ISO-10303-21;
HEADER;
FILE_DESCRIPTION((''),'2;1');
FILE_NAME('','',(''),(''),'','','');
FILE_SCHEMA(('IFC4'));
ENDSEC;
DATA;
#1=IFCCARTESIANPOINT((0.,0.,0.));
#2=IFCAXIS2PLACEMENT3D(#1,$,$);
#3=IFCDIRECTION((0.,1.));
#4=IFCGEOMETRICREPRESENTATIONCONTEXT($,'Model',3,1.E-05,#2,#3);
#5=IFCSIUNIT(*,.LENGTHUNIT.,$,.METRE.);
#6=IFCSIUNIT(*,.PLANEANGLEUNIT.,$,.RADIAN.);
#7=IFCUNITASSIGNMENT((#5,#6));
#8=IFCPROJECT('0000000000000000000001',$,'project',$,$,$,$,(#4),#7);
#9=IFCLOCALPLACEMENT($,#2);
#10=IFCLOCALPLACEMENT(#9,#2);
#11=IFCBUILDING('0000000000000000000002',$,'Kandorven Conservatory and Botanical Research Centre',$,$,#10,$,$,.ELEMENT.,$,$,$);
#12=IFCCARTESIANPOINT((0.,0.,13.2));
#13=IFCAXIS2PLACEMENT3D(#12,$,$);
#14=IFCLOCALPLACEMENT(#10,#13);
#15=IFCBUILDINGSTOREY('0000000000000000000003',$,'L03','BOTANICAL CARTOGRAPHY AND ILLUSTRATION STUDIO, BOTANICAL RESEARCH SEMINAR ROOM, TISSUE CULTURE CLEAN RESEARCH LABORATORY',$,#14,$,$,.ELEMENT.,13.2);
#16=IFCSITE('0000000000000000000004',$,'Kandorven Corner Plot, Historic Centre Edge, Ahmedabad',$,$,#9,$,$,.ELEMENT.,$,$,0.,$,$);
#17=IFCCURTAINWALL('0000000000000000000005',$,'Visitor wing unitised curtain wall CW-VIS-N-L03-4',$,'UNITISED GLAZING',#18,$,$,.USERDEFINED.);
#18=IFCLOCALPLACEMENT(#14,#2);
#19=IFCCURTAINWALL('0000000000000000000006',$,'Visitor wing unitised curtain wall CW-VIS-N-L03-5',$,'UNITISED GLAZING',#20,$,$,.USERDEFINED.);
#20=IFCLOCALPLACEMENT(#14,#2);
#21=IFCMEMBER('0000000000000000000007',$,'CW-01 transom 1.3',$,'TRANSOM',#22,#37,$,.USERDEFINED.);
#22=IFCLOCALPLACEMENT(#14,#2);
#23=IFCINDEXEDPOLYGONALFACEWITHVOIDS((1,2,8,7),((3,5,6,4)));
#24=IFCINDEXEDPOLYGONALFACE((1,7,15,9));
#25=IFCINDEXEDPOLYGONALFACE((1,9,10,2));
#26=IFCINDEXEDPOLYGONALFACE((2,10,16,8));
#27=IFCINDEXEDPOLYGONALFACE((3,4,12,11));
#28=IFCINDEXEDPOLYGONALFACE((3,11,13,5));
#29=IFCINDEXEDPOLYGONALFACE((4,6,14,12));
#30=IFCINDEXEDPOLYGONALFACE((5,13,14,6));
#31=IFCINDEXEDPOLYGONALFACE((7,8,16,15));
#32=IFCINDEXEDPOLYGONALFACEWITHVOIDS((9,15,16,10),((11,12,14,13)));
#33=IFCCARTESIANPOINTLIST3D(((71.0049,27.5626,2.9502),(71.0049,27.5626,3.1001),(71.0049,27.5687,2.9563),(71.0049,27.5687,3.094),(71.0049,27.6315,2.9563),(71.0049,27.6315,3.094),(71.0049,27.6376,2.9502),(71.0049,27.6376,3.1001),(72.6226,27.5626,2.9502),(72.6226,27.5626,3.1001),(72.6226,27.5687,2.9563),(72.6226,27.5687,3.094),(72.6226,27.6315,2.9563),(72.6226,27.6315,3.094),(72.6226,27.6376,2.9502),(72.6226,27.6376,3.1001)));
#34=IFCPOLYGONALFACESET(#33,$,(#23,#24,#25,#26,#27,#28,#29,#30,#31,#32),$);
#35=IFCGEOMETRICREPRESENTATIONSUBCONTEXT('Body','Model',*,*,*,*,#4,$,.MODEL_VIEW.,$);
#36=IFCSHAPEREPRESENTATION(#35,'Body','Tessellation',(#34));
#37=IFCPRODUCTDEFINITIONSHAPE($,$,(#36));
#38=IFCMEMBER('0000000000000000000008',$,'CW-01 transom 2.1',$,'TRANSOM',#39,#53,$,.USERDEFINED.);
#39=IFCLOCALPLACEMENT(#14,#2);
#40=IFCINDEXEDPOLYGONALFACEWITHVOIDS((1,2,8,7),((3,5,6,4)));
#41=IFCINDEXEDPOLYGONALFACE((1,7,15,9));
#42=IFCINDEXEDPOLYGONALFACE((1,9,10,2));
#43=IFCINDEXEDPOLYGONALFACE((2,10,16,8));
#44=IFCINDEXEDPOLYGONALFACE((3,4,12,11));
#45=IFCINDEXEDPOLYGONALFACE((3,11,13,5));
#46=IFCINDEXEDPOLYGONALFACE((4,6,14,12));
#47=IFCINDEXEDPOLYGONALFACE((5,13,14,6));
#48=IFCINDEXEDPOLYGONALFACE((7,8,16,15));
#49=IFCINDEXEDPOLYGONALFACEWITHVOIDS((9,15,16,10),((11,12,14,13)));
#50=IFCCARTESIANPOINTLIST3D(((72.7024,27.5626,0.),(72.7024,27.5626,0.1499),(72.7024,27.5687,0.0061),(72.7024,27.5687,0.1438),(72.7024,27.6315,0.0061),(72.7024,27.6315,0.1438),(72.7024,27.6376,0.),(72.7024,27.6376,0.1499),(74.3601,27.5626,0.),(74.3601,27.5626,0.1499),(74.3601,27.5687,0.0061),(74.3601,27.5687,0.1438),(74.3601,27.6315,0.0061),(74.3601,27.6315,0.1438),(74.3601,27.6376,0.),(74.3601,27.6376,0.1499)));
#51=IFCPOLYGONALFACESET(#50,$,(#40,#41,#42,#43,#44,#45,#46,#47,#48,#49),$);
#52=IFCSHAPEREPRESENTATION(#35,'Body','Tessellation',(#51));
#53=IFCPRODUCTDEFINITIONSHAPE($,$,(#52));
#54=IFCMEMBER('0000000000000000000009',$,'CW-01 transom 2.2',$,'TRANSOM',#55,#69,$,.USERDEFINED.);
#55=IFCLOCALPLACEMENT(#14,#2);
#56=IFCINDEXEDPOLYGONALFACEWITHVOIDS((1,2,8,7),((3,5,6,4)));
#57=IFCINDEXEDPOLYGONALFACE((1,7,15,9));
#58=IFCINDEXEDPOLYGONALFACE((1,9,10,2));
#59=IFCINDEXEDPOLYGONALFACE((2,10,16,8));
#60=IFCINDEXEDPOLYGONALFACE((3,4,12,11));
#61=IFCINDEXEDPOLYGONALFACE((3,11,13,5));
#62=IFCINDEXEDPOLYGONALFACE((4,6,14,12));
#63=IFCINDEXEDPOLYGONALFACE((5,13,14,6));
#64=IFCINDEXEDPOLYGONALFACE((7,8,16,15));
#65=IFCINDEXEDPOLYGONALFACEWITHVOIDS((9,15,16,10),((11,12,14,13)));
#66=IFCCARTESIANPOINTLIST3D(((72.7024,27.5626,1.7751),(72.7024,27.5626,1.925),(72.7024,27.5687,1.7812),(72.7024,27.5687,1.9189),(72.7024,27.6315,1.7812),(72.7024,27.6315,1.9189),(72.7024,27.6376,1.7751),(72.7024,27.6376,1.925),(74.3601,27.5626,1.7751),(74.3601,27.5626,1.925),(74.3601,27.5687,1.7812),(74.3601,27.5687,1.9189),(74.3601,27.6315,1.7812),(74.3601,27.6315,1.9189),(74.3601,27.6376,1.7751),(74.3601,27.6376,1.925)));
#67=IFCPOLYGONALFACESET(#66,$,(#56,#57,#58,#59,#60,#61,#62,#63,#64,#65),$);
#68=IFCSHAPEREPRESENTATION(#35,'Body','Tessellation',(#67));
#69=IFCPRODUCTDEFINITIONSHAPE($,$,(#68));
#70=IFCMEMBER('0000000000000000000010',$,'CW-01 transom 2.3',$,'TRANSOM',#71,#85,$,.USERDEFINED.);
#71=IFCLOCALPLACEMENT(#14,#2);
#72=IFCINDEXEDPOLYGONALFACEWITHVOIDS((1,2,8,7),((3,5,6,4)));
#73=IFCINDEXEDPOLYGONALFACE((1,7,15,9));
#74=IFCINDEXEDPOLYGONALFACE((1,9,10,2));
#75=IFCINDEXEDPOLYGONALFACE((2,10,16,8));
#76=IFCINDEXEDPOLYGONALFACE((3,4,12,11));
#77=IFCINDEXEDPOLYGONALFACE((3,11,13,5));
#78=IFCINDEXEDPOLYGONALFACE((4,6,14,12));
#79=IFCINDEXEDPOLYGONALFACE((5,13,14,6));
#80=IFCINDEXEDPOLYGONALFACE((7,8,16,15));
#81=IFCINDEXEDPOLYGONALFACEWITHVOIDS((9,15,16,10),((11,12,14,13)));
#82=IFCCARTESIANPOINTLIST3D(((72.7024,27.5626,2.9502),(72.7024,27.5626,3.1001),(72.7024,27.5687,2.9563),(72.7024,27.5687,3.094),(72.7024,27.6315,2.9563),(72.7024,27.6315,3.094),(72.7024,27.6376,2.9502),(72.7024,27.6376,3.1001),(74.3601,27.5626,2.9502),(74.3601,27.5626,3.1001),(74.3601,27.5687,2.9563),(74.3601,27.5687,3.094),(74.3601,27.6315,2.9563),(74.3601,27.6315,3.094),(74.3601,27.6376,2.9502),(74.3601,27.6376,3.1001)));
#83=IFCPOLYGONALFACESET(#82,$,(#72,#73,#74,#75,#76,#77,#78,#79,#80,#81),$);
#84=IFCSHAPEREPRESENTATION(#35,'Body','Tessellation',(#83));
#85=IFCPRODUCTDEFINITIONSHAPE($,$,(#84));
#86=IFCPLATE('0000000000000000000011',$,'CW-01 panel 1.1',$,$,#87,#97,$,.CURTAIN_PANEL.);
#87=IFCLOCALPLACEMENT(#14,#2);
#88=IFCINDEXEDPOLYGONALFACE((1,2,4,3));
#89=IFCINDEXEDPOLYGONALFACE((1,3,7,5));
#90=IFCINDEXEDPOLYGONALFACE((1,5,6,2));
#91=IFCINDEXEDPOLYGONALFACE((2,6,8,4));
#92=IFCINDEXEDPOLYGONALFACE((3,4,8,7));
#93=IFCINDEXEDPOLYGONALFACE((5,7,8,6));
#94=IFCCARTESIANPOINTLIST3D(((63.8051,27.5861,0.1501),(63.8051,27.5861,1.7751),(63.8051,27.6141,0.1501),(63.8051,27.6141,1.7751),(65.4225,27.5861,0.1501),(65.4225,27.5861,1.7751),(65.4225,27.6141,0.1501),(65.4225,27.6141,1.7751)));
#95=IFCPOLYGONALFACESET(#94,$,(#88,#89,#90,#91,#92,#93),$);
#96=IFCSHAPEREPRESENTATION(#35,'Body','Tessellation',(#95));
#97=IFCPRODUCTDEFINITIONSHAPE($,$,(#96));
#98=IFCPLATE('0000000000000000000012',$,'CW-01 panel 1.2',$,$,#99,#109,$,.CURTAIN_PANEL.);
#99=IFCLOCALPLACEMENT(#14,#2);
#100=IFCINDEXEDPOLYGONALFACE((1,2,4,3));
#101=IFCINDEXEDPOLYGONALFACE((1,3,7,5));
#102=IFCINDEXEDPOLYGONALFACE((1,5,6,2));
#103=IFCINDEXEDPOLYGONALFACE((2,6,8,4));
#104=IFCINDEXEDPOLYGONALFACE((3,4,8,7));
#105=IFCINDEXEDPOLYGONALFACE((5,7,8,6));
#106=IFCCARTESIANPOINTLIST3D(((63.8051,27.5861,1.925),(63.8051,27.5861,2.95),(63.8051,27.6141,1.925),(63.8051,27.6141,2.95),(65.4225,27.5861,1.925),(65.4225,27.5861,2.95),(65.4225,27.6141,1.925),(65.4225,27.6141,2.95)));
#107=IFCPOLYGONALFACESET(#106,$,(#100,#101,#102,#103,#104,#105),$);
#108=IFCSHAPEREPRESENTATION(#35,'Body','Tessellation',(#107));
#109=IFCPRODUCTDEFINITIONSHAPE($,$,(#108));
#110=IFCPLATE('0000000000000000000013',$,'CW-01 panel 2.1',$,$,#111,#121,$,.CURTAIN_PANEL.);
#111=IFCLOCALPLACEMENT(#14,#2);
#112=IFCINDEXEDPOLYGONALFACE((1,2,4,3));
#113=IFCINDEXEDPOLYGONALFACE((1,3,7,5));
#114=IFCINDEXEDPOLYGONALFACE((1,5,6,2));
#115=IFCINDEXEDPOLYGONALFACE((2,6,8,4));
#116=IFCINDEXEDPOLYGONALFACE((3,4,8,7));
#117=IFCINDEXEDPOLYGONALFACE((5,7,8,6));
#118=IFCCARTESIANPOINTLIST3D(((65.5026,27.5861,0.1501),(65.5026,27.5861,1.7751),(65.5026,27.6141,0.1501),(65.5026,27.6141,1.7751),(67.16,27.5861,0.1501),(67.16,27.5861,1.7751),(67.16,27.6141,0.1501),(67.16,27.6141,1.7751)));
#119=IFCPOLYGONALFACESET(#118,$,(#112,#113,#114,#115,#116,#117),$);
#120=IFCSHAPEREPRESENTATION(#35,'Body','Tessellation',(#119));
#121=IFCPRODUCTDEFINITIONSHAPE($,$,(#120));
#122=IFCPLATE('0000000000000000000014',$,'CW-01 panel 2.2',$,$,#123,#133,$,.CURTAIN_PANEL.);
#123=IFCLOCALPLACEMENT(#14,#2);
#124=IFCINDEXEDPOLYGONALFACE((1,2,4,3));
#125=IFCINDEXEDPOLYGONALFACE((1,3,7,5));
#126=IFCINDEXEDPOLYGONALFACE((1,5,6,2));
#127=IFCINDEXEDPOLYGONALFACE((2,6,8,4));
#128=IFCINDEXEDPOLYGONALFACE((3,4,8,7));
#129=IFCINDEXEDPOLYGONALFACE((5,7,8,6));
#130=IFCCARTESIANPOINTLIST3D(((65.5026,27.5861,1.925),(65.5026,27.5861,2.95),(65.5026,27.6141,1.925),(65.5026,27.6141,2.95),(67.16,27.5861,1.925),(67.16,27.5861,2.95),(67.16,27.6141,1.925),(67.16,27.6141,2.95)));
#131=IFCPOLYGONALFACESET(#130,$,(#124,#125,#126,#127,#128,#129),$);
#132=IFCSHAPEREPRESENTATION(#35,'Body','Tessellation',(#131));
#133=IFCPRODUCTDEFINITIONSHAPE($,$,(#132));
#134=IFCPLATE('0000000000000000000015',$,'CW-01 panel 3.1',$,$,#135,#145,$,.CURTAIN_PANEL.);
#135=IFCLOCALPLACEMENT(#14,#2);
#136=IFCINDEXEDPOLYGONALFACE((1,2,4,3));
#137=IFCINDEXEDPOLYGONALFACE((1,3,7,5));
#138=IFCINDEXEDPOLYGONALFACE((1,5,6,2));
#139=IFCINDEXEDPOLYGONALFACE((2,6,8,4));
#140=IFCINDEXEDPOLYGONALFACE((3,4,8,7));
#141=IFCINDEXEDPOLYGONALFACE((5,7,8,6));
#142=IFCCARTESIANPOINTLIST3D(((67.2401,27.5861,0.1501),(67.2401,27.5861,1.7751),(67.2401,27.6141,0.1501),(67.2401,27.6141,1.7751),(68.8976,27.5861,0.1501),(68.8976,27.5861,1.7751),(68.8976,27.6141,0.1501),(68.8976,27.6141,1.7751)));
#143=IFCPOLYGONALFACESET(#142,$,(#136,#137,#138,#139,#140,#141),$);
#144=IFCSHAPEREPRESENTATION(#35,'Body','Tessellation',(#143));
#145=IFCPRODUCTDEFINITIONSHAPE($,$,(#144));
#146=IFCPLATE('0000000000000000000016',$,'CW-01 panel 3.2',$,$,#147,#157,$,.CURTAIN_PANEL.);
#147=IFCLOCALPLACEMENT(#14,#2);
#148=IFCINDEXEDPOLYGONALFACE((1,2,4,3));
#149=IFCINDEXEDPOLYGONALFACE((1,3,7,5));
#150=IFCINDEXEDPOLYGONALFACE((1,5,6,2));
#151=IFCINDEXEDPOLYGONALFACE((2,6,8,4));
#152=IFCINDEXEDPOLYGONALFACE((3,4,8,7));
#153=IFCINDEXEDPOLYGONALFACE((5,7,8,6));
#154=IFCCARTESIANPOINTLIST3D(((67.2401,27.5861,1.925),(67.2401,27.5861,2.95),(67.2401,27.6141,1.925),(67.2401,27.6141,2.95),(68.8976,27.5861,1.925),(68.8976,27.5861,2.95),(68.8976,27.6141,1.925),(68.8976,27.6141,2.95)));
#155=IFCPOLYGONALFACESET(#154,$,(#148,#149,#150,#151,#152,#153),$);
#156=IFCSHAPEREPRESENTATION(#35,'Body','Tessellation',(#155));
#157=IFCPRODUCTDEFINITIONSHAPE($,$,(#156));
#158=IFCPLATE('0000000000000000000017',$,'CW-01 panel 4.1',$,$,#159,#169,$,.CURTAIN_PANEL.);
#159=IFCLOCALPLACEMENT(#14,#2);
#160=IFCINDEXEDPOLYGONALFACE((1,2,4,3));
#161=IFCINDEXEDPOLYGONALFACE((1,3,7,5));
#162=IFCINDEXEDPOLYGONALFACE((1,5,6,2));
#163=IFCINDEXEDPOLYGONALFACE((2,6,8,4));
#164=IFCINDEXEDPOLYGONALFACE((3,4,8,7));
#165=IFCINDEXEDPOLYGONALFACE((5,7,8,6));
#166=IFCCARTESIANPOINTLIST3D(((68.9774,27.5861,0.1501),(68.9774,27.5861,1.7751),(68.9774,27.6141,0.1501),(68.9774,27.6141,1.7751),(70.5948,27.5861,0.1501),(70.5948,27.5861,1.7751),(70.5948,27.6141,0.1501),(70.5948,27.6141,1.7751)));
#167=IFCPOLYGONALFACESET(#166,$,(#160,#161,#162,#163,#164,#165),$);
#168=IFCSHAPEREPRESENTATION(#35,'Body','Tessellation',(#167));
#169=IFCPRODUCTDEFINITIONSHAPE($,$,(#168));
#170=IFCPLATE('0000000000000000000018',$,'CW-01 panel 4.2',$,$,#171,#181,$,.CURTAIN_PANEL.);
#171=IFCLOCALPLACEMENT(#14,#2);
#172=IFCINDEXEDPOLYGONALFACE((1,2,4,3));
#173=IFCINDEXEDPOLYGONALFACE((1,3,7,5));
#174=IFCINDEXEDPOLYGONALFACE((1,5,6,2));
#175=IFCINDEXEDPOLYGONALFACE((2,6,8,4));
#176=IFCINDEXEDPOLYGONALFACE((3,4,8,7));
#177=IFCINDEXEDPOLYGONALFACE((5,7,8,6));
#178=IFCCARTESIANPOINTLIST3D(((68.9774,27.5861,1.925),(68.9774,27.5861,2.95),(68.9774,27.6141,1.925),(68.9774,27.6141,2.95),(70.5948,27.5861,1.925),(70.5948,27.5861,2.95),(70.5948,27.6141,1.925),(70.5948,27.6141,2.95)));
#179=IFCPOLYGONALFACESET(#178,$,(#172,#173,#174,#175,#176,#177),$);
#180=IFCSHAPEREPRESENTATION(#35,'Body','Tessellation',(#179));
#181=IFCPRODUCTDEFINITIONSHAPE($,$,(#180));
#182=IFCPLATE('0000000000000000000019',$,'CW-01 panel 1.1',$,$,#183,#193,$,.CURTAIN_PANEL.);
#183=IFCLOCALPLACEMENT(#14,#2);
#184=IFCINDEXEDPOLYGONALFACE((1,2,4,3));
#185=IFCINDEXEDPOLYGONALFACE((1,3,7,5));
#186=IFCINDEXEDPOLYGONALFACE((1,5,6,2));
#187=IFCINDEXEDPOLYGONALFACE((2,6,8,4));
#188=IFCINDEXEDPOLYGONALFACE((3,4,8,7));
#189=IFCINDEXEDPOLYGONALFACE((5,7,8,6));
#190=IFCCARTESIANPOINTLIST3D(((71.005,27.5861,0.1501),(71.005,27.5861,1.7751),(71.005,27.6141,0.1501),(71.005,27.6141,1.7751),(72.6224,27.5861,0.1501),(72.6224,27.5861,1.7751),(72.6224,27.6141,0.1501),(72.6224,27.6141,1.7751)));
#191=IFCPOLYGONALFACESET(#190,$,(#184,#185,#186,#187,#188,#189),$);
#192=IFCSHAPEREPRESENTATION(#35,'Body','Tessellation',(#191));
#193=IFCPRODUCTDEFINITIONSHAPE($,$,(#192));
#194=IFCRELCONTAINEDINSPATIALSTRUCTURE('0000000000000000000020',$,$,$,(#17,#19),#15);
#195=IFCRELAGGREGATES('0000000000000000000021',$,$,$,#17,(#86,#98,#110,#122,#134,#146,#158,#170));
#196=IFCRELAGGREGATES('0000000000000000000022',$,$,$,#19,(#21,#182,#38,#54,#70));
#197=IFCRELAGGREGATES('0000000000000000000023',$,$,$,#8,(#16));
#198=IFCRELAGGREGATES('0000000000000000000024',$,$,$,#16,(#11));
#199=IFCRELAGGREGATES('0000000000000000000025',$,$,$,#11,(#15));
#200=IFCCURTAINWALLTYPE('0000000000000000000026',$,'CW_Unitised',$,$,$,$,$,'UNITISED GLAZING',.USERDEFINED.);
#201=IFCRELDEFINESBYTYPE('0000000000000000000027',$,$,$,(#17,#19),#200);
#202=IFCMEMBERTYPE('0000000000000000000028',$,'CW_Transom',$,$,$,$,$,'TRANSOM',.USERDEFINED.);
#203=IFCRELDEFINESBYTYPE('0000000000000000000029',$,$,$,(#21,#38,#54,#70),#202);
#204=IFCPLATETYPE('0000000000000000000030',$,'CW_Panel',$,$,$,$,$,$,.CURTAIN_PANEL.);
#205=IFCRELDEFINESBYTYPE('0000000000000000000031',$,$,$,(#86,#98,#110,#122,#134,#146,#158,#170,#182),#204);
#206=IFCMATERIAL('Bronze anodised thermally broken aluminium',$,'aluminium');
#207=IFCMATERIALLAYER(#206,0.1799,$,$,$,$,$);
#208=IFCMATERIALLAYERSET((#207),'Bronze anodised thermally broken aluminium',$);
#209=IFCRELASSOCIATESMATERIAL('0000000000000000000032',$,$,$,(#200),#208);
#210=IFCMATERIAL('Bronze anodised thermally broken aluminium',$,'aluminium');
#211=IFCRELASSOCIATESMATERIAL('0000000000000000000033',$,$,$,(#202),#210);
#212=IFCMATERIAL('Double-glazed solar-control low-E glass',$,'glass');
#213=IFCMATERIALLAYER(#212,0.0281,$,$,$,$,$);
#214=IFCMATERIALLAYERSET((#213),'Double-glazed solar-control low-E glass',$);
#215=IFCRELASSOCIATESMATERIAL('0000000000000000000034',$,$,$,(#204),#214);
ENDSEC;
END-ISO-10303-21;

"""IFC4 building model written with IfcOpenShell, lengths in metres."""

from ifc_helpers import new_model, si_unit, direction, frame, origin, origin_2d, place, context, subcontext, project, spatial, rectangle, hollow_rectangle, extrude, material, layer, layer_set, material_profile, profile_set, type_object, element, aggregate, save


model = new_model("IFC4")

# Units and contexts
model_context = context("Model", 3, precision=1e-05, world=origin(), true_north=direction((0.0, 1.0)))
body_context = subcontext(model_context, "Body", "Model", "MODEL_VIEW")
ifc_project = project(units=[si_unit("LENGTHUNIT", "METRE"), si_unit("PLANEANGLEUNIT", "RADIAN")], contexts=[model_context])

# Site, building, storey
site_placement = place(None, origin())
site = spatial("IfcSite", under=ifc_project, at=site_placement, Name="Kandorven Corner Plot, Historic Centre Edge, Ahmedabad", CompositionType="ELEMENT", RefElevation=0.0)
building_placement = place(site_placement, origin())
building = spatial("IfcBuilding", under=site, at=building_placement, Name="Kandorven Conservatory and Botanical Research Centre", CompositionType="ELEMENT")
storey_placement = place(building_placement, frame((0.0, 0.0, 13.2)))
storey = spatial("IfcBuildingStorey", under=building, at=storey_placement, Name="L03", Description="BOTANICAL CARTOGRAPHY AND ILLUSTRATION STUDIO, BOTANICAL RESEARCH SEMINAR ROOM, TISSUE CULTURE CLEAN RESEARCH LABORATORY", CompositionType="ELEMENT", Elevation=13.2)

# Curtain walls
ifc_material_1 = material(Name="Bronze anodised thermally broken aluminium", Category="aluminium")
ifc_layer_1 = layer(ifc_material_1, 0.1799)
ifc_layer_set_1 = layer_set([ifc_layer_1], Name="Bronze anodised thermally broken aluminium")
curtain_wall_type = type_object("IfcCurtainWallType", Name="CW_Unitised", ElementType="UNITISED GLAZING", PredefinedType="USERDEFINED", material=ifc_layer_set_1)
curtain_wall_1_placement = place(storey_placement, origin())
curtain_wall_1 = element("IfcCurtainWall", 1, at=curtain_wall_1_placement, inside=storey, type_object=curtain_wall_type, Name="Visitor wing unitised curtain wall CW-VIS-N-L03-4", ObjectType="UNITISED GLAZING", PredefinedType="USERDEFINED")
curtain_wall_2_placement = place(storey_placement, origin())
curtain_wall_2 = element("IfcCurtainWall", 2, at=curtain_wall_2_placement, inside=storey, type_object=curtain_wall_type, Name="Visitor wing unitised curtain wall CW-VIS-N-L03-5", ObjectType="UNITISED GLAZING", PredefinedType="USERDEFINED")

# Members
ifc_material_2 = material(Name="Bronze anodised thermally broken aluminium", Category="aluminium")
ifc_material_profile_1 = material_profile(ifc_material_2, hollow_rectangle(XDim=0.075, YDim=0.1499, WallThickness=0.0061, at=origin_2d()))
ifc_profile_set_1 = profile_set([ifc_material_profile_1], Name="Bronze anodised thermally broken aluminium")
member_type_1 = type_object("IfcMemberType", Name="CW_Transom", ElementType="TRANSOM", PredefinedType="USERDEFINED", material=ifc_profile_set_1)
member_1_placement = place(storey_placement, frame((71.0049, 27.6001, 3.0251), z_axis=(1.0, 0.0, 0.0), x_axis=(0.0, 1.0, 0.0)))
member_1 = element("IfcMember", 3, at=member_1_placement, type_object=member_type_1, Name="CW-01 transom 1.3", ObjectType="TRANSOM", PredefinedType="USERDEFINED", context=body_context, shape_type="SweptSolid", body=[
    extrude(hollow_rectangle(XDim=0.075, YDim=0.1499, WallThickness=0.0061, at=origin_2d()), origin(), (0.0, 0.0, 1.0), 1.6177),
])
member_2_placement = place(storey_placement, frame((72.7024, 27.6001, 0.075), z_axis=(1.0, 0.0, 0.0), x_axis=(0.0, 1.0, 0.0)))
member_2 = element("IfcMember", 4, at=member_2_placement, type_object=member_type_1, Name="CW-01 transom 2.1", ObjectType="TRANSOM", PredefinedType="USERDEFINED", context=body_context, shape_type="SweptSolid", body=[
    extrude(hollow_rectangle(XDim=0.075, YDim=0.1499, WallThickness=0.0061, at=origin_2d()), origin(), (0.0, 0.0, 1.0), 1.6577),
])
member_3_placement = place(storey_placement, frame((72.7024, 27.6001, 1.8501), z_axis=(1.0, 0.0, 0.0), x_axis=(0.0, 1.0, 0.0)))
member_3 = element("IfcMember", 5, at=member_3_placement, type_object=member_type_1, Name="CW-01 transom 2.2", ObjectType="TRANSOM", PredefinedType="USERDEFINED", context=body_context, shape_type="SweptSolid", body=[
    extrude(hollow_rectangle(XDim=0.075, YDim=0.1499, WallThickness=0.0061, at=origin_2d()), origin(), (0.0, 0.0, 1.0), 1.6577),
])
member_4_placement = place(storey_placement, frame((72.7024, 27.6001, 3.0251), z_axis=(1.0, 0.0, 0.0), x_axis=(0.0, 1.0, 0.0)))
member_4 = element("IfcMember", 6, at=member_4_placement, type_object=member_type_1, Name="CW-01 transom 2.3", ObjectType="TRANSOM", PredefinedType="USERDEFINED", context=body_context, shape_type="SweptSolid", body=[
    extrude(hollow_rectangle(XDim=0.075, YDim=0.1499, WallThickness=0.0061, at=origin_2d()), origin(), (0.0, 0.0, 1.0), 1.6577),
])

# Plates
ifc_material_3 = material(Name="Double-glazed solar-control low-E glass", Category="glass")
ifc_layer_2 = layer(ifc_material_3, 0.0281)
ifc_layer_set_2 = layer_set([ifc_layer_2], Name="Double-glazed solar-control low-E glass")
plate_type = type_object("IfcPlateType", Name="CW_Panel", PredefinedType="CURTAIN_PANEL", material=ifc_layer_set_2)
plate_1_placement = place(storey_placement, frame((64.6138, 27.6001, 0.1501), z_axis=(0.0, 0.0, 1.0), x_axis=(1.0, 0.0, 0.0)))
plate_1 = element("IfcPlate", 7, at=plate_1_placement, type_object=plate_type, Name="CW-01 panel 1.1", PredefinedType="CURTAIN_PANEL", context=body_context, shape_type="SweptSolid", body=[
    extrude(rectangle(XDim=1.6174, YDim=0.0281, at=origin_2d()), origin(), (0.0, 0.0, 1.0), 1.625),
])
plate_2_placement = place(storey_placement, frame((64.6138, 27.6001, 1.925), z_axis=(0.0, 0.0, 1.0), x_axis=(1.0, 0.0, 0.0)))
plate_2 = element("IfcPlate", 8, at=plate_2_placement, type_object=plate_type, Name="CW-01 panel 1.2", PredefinedType="CURTAIN_PANEL", context=body_context, shape_type="SweptSolid", body=[
    extrude(rectangle(XDim=1.6174, YDim=0.0281, at=origin_2d()), origin(), (0.0, 0.0, 1.0), 1.0249),
])
plate_3_placement = place(storey_placement, frame((66.3313, 27.6001, 0.1501), z_axis=(0.0, 0.0, 1.0), x_axis=(1.0, 0.0, 0.0)))
plate_3 = element("IfcPlate", 9, at=plate_3_placement, type_object=plate_type, Name="CW-01 panel 2.1", PredefinedType="CURTAIN_PANEL", context=body_context, shape_type="SweptSolid", body=[
    extrude(rectangle(XDim=1.6575, YDim=0.0281, at=origin_2d()), origin(), (0.0, 0.0, 1.0), 1.625),
])
plate_4_placement = place(storey_placement, frame((66.3313, 27.6001, 1.925), z_axis=(0.0, 0.0, 1.0), x_axis=(1.0, 0.0, 0.0)))
plate_4 = element("IfcPlate", 10, at=plate_4_placement, type_object=plate_type, Name="CW-01 panel 2.2", PredefinedType="CURTAIN_PANEL", context=body_context, shape_type="SweptSolid", body=[
    extrude(rectangle(XDim=1.6575, YDim=0.0281, at=origin_2d()), origin(), (0.0, 0.0, 1.0), 1.0249),
])
plate_5_placement = place(storey_placement, frame((68.0688, 27.6001, 0.1501), z_axis=(0.0, 0.0, 1.0), x_axis=(1.0, 0.0, 0.0)))
plate_5 = element("IfcPlate", 11, at=plate_5_placement, type_object=plate_type, Name="CW-01 panel 3.1", PredefinedType="CURTAIN_PANEL", context=body_context, shape_type="SweptSolid", body=[
    extrude(rectangle(XDim=1.6575, YDim=0.0281, at=origin_2d()), origin(), (0.0, 0.0, 1.0), 1.625),
])
plate_6_placement = place(storey_placement, frame((68.0688, 27.6001, 1.925), z_axis=(0.0, 0.0, 1.0), x_axis=(1.0, 0.0, 0.0)))
plate_6 = element("IfcPlate", 12, at=plate_6_placement, type_object=plate_type, Name="CW-01 panel 3.2", PredefinedType="CURTAIN_PANEL", context=body_context, shape_type="SweptSolid", body=[
    extrude(rectangle(XDim=1.6575, YDim=0.0281, at=origin_2d()), origin(), (0.0, 0.0, 1.0), 1.0249),
])
plate_7_placement = place(storey_placement, frame((69.7861, 27.6001, 0.1501), z_axis=(0.0, 0.0, 1.0), x_axis=(1.0, 0.0, 0.0)))
plate_7 = element("IfcPlate", 13, at=plate_7_placement, type_object=plate_type, Name="CW-01 panel 4.1", PredefinedType="CURTAIN_PANEL", context=body_context, shape_type="SweptSolid", body=[
    extrude(rectangle(XDim=1.6174, YDim=0.0281, at=origin_2d()), origin(), (0.0, 0.0, 1.0), 1.625),
])
plate_8_placement = place(storey_placement, frame((69.7861, 27.6001, 1.925), z_axis=(0.0, 0.0, 1.0), x_axis=(1.0, 0.0, 0.0)))
plate_8 = element("IfcPlate", 14, at=plate_8_placement, type_object=plate_type, Name="CW-01 panel 4.2", PredefinedType="CURTAIN_PANEL", context=body_context, shape_type="SweptSolid", body=[
    extrude(rectangle(XDim=1.6174, YDim=0.0281, at=origin_2d()), origin(), (0.0, 0.0, 1.0), 1.0249),
])
aggregate(curtain_wall_1, [plate_1, plate_2, plate_3, plate_4, plate_5, plate_6, plate_7, plate_8])
plate_9_placement = place(storey_placement, frame((71.8137, 27.6001, 0.1501), z_axis=(0.0, 0.0, 1.0), x_axis=(1.0, 0.0, 0.0)))
plate_9 = element("IfcPlate", 15, at=plate_9_placement, type_object=plate_type, Name="CW-01 panel 1.1", PredefinedType="CURTAIN_PANEL", context=body_context, shape_type="SweptSolid", body=[
    extrude(rectangle(XDim=1.6174, YDim=0.0281, at=origin_2d()), origin(), (0.0, 0.0, 1.0), 1.625),
])
aggregate(curtain_wall_2, [member_1, plate_9, member_2, member_3, member_4])

save(model, "model.ifc")
